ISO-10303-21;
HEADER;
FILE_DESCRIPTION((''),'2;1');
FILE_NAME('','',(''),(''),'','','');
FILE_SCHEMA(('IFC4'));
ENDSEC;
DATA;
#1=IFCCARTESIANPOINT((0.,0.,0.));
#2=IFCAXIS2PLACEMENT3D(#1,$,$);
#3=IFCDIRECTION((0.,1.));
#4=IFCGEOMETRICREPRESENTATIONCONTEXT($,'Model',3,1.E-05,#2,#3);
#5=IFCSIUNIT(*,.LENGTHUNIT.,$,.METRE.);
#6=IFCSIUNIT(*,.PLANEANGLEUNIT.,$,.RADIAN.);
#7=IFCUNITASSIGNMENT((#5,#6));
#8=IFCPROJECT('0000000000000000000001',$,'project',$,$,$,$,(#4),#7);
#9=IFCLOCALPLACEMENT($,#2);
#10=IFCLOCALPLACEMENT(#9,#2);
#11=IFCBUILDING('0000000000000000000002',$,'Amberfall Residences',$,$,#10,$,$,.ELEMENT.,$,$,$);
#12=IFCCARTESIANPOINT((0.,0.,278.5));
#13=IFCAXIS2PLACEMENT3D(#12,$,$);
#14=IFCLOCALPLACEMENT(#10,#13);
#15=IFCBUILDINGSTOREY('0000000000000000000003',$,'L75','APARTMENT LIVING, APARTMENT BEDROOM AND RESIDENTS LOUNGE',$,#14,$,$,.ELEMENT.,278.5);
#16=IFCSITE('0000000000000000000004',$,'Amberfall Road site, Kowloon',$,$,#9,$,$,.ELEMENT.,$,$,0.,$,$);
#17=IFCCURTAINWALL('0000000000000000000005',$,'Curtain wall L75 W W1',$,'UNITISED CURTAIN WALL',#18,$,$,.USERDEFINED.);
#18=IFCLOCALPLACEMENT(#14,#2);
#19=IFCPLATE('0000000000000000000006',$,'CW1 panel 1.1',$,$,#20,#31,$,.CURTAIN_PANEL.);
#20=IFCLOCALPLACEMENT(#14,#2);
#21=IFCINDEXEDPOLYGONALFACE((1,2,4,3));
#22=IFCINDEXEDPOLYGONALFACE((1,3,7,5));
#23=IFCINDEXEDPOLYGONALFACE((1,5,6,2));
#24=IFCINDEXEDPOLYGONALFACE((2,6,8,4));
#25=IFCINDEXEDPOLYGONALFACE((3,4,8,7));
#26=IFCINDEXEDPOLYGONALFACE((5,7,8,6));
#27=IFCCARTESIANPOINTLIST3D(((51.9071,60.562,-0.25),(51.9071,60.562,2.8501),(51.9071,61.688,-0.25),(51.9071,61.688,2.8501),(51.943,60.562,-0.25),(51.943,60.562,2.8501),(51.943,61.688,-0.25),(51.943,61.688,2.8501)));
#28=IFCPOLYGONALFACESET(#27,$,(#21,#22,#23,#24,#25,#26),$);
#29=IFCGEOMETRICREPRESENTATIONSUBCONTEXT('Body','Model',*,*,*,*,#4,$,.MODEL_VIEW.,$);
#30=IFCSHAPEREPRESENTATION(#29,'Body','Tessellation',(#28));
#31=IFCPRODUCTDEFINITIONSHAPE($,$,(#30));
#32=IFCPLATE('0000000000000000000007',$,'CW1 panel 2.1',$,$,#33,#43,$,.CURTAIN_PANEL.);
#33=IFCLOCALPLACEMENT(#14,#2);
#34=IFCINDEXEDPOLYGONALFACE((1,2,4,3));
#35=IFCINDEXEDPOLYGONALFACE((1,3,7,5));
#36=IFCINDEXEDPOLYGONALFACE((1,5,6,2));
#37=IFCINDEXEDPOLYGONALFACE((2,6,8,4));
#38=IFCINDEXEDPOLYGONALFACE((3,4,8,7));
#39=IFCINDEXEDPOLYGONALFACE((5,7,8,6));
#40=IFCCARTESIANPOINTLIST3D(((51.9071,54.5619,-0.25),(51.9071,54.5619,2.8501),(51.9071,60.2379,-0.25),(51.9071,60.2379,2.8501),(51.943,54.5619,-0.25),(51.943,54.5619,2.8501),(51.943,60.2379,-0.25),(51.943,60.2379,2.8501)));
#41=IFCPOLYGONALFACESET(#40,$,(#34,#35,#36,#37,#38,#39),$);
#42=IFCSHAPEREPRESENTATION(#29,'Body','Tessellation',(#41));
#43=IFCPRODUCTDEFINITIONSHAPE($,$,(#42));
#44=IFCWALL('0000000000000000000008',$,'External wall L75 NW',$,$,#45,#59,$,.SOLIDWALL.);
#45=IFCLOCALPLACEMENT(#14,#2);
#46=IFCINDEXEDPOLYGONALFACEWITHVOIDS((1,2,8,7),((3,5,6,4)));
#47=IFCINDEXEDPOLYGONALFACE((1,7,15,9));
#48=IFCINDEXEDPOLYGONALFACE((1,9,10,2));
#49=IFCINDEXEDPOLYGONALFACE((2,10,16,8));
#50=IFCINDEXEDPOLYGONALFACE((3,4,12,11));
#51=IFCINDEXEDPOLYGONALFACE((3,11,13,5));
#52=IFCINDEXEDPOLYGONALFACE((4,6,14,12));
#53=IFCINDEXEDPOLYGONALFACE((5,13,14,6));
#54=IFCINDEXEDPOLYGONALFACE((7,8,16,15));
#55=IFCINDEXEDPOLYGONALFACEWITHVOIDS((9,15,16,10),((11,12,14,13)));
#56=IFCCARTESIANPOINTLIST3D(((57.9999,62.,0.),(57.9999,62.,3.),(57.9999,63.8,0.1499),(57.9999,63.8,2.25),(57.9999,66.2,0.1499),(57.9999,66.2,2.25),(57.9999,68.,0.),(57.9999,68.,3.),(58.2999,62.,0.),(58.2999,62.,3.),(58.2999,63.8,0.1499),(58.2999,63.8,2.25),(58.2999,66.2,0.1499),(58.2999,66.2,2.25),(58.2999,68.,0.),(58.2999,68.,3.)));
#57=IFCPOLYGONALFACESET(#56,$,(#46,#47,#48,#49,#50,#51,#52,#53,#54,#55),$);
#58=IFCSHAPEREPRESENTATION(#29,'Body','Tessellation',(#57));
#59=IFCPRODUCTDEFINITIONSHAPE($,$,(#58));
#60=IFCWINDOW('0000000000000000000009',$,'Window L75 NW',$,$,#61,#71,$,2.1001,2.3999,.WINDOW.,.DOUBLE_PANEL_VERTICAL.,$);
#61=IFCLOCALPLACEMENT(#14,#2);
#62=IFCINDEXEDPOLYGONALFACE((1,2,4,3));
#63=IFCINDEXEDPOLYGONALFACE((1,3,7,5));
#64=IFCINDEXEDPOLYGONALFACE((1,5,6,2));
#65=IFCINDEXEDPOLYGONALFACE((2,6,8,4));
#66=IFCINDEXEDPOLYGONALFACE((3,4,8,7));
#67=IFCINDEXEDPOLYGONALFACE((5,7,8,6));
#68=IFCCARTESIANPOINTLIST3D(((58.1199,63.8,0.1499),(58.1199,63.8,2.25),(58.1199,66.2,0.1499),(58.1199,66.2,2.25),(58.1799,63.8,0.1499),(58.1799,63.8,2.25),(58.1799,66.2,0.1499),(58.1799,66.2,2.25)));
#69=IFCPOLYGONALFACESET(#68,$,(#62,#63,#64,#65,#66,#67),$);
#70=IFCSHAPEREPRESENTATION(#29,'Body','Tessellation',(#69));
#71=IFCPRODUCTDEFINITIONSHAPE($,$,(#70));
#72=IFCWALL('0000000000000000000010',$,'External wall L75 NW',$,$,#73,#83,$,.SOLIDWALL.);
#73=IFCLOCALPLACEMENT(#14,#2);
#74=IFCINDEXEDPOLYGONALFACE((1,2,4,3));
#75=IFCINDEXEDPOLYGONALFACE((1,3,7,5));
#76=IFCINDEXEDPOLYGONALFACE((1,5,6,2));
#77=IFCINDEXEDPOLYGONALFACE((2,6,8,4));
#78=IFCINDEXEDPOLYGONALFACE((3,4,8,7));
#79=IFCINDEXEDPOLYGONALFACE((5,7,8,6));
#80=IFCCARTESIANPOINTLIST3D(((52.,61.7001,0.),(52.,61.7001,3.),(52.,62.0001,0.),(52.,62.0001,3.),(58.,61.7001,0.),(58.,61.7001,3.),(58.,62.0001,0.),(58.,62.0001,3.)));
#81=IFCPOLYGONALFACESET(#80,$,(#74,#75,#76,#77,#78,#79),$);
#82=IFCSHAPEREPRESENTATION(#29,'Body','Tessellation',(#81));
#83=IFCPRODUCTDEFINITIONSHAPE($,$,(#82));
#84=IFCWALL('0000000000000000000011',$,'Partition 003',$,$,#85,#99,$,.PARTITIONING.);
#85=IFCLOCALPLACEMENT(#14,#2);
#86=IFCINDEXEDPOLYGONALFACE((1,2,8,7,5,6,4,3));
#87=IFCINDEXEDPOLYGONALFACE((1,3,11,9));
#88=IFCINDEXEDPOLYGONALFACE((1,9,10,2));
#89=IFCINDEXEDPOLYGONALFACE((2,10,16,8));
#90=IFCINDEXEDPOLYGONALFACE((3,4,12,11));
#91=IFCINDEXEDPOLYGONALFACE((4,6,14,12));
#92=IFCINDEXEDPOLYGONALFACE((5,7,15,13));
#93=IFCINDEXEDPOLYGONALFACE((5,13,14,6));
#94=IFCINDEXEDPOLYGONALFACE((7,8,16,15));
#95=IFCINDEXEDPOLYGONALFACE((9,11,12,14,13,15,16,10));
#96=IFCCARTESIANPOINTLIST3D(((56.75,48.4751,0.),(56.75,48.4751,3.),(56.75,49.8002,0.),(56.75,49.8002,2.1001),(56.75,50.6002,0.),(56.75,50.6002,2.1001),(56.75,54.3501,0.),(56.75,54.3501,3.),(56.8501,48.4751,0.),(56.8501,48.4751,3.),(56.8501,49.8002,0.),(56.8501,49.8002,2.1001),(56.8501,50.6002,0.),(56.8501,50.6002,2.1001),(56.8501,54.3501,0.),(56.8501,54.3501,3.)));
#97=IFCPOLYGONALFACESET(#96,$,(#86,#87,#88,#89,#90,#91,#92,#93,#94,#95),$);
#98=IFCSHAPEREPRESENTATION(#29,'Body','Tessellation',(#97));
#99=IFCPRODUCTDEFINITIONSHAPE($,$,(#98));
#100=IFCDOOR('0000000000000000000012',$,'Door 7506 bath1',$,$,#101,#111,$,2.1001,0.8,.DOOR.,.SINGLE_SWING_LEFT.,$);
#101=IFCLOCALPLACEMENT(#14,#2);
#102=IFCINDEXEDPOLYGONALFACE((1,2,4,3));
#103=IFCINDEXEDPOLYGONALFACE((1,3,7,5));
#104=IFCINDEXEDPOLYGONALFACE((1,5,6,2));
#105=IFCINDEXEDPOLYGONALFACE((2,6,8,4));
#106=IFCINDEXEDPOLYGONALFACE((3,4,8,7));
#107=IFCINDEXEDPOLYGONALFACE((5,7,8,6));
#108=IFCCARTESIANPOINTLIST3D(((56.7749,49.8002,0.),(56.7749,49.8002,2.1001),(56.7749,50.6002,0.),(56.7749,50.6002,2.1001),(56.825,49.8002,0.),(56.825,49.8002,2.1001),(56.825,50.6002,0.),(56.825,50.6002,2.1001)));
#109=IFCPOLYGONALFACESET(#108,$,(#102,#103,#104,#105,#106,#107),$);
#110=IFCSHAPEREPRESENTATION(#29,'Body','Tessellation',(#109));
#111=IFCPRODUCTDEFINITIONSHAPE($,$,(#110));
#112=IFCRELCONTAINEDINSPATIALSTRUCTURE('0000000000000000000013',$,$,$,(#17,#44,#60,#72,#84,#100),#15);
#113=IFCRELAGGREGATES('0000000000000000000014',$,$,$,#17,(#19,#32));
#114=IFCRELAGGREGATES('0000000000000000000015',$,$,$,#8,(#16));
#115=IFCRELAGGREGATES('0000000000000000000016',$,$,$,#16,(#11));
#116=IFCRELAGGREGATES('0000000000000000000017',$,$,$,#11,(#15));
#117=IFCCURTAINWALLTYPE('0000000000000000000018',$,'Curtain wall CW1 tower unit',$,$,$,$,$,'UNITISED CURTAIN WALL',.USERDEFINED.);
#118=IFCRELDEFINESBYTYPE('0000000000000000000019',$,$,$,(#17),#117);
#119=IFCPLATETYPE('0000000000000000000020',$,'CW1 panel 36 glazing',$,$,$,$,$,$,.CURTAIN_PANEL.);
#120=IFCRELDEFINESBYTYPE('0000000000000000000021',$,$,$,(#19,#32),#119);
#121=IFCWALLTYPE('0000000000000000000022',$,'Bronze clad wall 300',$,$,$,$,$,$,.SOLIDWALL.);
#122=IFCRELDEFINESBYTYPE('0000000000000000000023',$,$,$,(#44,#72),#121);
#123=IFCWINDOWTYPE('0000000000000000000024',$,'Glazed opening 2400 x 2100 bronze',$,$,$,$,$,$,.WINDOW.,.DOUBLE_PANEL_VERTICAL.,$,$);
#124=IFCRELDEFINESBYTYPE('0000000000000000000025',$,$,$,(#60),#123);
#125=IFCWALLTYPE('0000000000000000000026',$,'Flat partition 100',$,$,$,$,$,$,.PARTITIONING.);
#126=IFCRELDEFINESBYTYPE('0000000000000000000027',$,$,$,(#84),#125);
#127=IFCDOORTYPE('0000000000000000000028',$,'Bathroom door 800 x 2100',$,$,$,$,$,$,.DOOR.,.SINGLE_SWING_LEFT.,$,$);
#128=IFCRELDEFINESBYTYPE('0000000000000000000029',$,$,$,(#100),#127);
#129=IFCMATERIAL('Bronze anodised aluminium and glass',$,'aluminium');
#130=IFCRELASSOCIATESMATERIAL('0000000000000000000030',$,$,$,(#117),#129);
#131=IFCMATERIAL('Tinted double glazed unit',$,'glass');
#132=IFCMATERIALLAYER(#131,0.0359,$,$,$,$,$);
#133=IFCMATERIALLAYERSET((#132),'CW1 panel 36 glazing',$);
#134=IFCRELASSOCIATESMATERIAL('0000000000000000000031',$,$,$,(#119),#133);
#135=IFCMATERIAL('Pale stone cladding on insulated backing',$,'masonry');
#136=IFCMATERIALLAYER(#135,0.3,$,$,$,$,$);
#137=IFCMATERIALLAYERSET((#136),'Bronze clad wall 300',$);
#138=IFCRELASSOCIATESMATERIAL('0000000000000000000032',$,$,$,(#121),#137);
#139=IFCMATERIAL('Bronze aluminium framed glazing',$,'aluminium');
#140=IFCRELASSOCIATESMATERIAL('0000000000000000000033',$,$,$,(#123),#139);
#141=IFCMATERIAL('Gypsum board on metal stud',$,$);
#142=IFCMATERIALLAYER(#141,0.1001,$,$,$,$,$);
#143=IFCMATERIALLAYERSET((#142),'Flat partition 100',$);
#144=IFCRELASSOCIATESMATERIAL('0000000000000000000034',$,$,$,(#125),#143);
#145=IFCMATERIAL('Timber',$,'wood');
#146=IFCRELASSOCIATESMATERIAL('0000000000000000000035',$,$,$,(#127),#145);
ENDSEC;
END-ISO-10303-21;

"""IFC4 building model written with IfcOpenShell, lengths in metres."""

from ifc_helpers import new_model, si_unit, direction, frame, frame_2d, origin, origin_2d, place, context, subcontext, project, spatial, rectangle, extrude, material, layer, layer_set, type_object, element, fill, aggregate, save


model = new_model("IFC4")

# Units and contexts
model_context = context("Model", 3, precision=1e-05, world=origin(), true_north=direction((0.0, 1.0)))
body_context = subcontext(model_context, "Body", "Model", "MODEL_VIEW")
ifc_project = project(units=[si_unit("LENGTHUNIT", "METRE"), si_unit("PLANEANGLEUNIT", "RADIAN")], contexts=[model_context])

# Site, building, storey
site_placement = place(None, origin())
site = spatial("IfcSite", under=ifc_project, at=site_placement, Name="Amberfall Road site, Kowloon", CompositionType="ELEMENT", RefElevation=0.0)
building_placement = place(site_placement, origin())
building = spatial("IfcBuilding", under=site, at=building_placement, Name="Amberfall Residences", CompositionType="ELEMENT")
storey_placement = place(building_placement, frame((0.0, 0.0, 278.5)))
storey = spatial("IfcBuildingStorey", under=building, at=storey_placement, Name="L75", Description="APARTMENT LIVING, APARTMENT BEDROOM AND RESIDENTS LOUNGE", CompositionType="ELEMENT", Elevation=278.5)

# Curtain wall
ifc_material_1 = material(Name="Bronze anodised aluminium and glass", Category="aluminium")
curtain_wall_type = type_object("IfcCurtainWallType", Name="Curtain wall CW1 tower unit", ElementType="UNITISED CURTAIN WALL", PredefinedType="USERDEFINED", material=ifc_material_1)
curtain_wall_placement = place(storey_placement, origin())
curtain_wall = element("IfcCurtainWall", 1, at=curtain_wall_placement, inside=storey, type_object=curtain_wall_type, Name="Curtain wall L75 W W1", ObjectType="UNITISED CURTAIN WALL", PredefinedType="USERDEFINED")

# Plates
ifc_material_2 = material(Name="Tinted double glazed unit", Category="glass")
ifc_layer_1 = layer(ifc_material_2, 0.0359)
ifc_layer_set_1 = layer_set([ifc_layer_1], Name="CW1 panel 36 glazing")
plate_type = type_object("IfcPlateType", Name="CW1 panel 36 glazing", PredefinedType="CURTAIN_PANEL", material=ifc_layer_set_1)
plate_1_placement = place(storey_placement, frame((51.925, 61.125, -0.25), z_axis=(0.0, 0.0, 1.0), x_axis=(0.0, -1.0, 0.0)))
plate_1 = element("IfcPlate", 2, at=plate_1_placement, type_object=plate_type, Name="CW1 panel 1.1", PredefinedType="CURTAIN_PANEL", context=body_context, shape_type="SweptSolid", body=[
    extrude(rectangle(XDim=1.126, YDim=0.0359, at=origin_2d()), origin(), (0.0, 0.0, 1.0), 3.1001),
])
plate_2_placement = place(storey_placement, frame((51.925, 57.3999, -0.25), z_axis=(0.0, 0.0, 1.0), x_axis=(0.0, -1.0, 0.0)))
plate_2 = element("IfcPlate", 3, at=plate_2_placement, type_object=plate_type, Name="CW1 panel 2.1", PredefinedType="CURTAIN_PANEL", context=body_context, shape_type="SweptSolid", body=[
    extrude(rectangle(XDim=5.676, YDim=0.0359, at=origin_2d()), origin(), (0.0, 0.0, 1.0), 3.1001),
])
aggregate(curtain_wall, [plate_1, plate_2])

# Wall, opening, window
ifc_material_3 = material(Name="Pale stone cladding on insulated backing", Category="masonry")
ifc_layer_2 = layer(ifc_material_3, 0.3)
ifc_layer_set_2 = layer_set([ifc_layer_2], Name="Bronze clad wall 300")
wall_type_1 = type_object("IfcWallType", Name="Bronze clad wall 300", PredefinedType="SOLIDWALL", material=ifc_layer_set_2)
wall_1_placement = place(storey_placement, frame((58.1499, 68.0, 0.0), z_axis=(0.0, 0.0, 1.0), x_axis=(0.0, -1.0, 0.0)))
wall_1 = element("IfcWall", 4, at=wall_1_placement, inside=storey, type_object=wall_type_1, Name="External wall L75 NW", PredefinedType="SOLIDWALL", context=body_context, shape_type="SweptSolid", body=[
    extrude(rectangle(XDim=6.0, YDim=0.3, at=frame_2d((3.0, 0.0))), origin(), (0.0, 0.0, 1.0), 3.0),
])
opening_1_placement = place(wall_1_placement, frame((1.8, 0.0, 0.1499)))
opening_1 = element("IfcOpeningElement", 5, at=opening_1_placement, cuts=wall_1, PredefinedType="OPENING", context=body_context, shape_type="SweptSolid", body=[
    extrude(rectangle(XDim=2.3999, YDim=2.1001, at=frame_2d((1.2, 1.05))), frame((0.0, 0.1599, 0.0), z_axis=(0.0, -1.0, 0.0), x_axis=(1.0, 0.0, 0.0)), (0.0, 0.0, 1.0), 0.3201),
])
ifc_material_4 = material(Name="Bronze aluminium framed glazing", Category="aluminium")
window_type = type_object("IfcWindowType", Name="Glazed opening 2400 x 2100 bronze", PartitioningType="DOUBLE_PANEL_VERTICAL", PredefinedType="WINDOW", material=ifc_material_4)
window_placement = place(opening_1_placement, origin())
window = element("IfcWindow", 6, at=window_placement, inside=storey, type_object=window_type, Name="Window L75 NW", OverallHeight=2.1001, OverallWidth=2.3999, PartitioningType="DOUBLE_PANEL_VERTICAL", PredefinedType="WINDOW", context=body_context, shape_type="SweptSolid", body=[
    extrude(rectangle(XDim=2.3999, YDim=2.1001, at=frame_2d((1.2, 1.05))), frame((0.0, 0.03, 0.0), z_axis=(0.0, -1.0, 0.0), x_axis=(1.0, 0.0, 0.0)), (0.0, 0.0, 1.0), 0.0601),
])
fill(opening_1, window)

# Wall
wall_2_placement = place(storey_placement, frame((58.0, 61.8501, 0.0), z_axis=(0.0, 0.0, 1.0), x_axis=(-1.0, 0.0, 0.0)))
element("IfcWall", 7, at=wall_2_placement, inside=storey, type_object=wall_type_1, Name="External wall L75 NW", PredefinedType="SOLIDWALL", context=body_context, shape_type="SweptSolid", body=[
    extrude(rectangle(XDim=6.0, YDim=0.3, at=frame_2d((3.0, 0.0))), origin(), (0.0, 0.0, 1.0), 3.0),
])

# Wall, opening, door
ifc_material_5 = material(Name="Gypsum board on metal stud")
ifc_layer_3 = layer(ifc_material_5, 0.1001)
ifc_layer_set_3 = layer_set([ifc_layer_3], Name="Flat partition 100")
wall_type_2 = type_object("IfcWallType", Name="Flat partition 100", PredefinedType="PARTITIONING", material=ifc_layer_set_3)
wall_3_placement = place(storey_placement, frame((56.8, 54.3501, 0.0), z_axis=(0.0, 0.0, 1.0), x_axis=(0.0, -1.0, 0.0)))
wall_3 = element("IfcWall", 8, at=wall_3_placement, inside=storey, type_object=wall_type_2, Name="Partition 003", PredefinedType="PARTITIONING", context=body_context, shape_type="SweptSolid", body=[
    extrude(rectangle(XDim=5.875, YDim=0.1001, at=frame_2d((2.9375, 0.0))), origin(), (0.0, 0.0, 1.0), 3.0),
])
opening_2_placement = place(wall_3_placement, frame((3.75, 0.0, 0.0)))
opening_2 = element("IfcOpeningElement", 9, at=opening_2_placement, cuts=wall_3, PredefinedType="OPENING", context=body_context, shape_type="SweptSolid", body=[
    extrude(rectangle(XDim=0.8, YDim=2.1001, at=frame_2d((0.3999, 1.05))), frame((0.0, 0.0601, 0.0), z_axis=(0.0, -1.0, 0.0), x_axis=(1.0, 0.0, 0.0)), (0.0, 0.0, 1.0), 0.1201),
])
ifc_material_6 = material(Name="Timber", Category="wood")
door_type = type_object("IfcDoorType", Name="Bathroom door 800 x 2100", OperationType="SINGLE_SWING_LEFT", PredefinedType="DOOR", material=ifc_material_6)
door_placement = place(opening_2_placement, origin())
door = element("IfcDoor", 10, at=door_placement, inside=storey, type_object=door_type, Name="Door 7506 bath1", OperationType="SINGLE_SWING_LEFT", OverallHeight=2.1001, OverallWidth=0.8, PredefinedType="DOOR", context=body_context, shape_type="SweptSolid", body=[
    extrude(rectangle(XDim=0.8, YDim=2.1001, at=frame_2d((0.3999, 1.05))), frame((0.0, 0.0249, 0.0), z_axis=(0.0, -1.0, 0.0), x_axis=(1.0, 0.0, 0.0)), (0.0, 0.0, 1.0), 0.05),
])
fill(opening_2, door)

save(model, "model.ifc")
